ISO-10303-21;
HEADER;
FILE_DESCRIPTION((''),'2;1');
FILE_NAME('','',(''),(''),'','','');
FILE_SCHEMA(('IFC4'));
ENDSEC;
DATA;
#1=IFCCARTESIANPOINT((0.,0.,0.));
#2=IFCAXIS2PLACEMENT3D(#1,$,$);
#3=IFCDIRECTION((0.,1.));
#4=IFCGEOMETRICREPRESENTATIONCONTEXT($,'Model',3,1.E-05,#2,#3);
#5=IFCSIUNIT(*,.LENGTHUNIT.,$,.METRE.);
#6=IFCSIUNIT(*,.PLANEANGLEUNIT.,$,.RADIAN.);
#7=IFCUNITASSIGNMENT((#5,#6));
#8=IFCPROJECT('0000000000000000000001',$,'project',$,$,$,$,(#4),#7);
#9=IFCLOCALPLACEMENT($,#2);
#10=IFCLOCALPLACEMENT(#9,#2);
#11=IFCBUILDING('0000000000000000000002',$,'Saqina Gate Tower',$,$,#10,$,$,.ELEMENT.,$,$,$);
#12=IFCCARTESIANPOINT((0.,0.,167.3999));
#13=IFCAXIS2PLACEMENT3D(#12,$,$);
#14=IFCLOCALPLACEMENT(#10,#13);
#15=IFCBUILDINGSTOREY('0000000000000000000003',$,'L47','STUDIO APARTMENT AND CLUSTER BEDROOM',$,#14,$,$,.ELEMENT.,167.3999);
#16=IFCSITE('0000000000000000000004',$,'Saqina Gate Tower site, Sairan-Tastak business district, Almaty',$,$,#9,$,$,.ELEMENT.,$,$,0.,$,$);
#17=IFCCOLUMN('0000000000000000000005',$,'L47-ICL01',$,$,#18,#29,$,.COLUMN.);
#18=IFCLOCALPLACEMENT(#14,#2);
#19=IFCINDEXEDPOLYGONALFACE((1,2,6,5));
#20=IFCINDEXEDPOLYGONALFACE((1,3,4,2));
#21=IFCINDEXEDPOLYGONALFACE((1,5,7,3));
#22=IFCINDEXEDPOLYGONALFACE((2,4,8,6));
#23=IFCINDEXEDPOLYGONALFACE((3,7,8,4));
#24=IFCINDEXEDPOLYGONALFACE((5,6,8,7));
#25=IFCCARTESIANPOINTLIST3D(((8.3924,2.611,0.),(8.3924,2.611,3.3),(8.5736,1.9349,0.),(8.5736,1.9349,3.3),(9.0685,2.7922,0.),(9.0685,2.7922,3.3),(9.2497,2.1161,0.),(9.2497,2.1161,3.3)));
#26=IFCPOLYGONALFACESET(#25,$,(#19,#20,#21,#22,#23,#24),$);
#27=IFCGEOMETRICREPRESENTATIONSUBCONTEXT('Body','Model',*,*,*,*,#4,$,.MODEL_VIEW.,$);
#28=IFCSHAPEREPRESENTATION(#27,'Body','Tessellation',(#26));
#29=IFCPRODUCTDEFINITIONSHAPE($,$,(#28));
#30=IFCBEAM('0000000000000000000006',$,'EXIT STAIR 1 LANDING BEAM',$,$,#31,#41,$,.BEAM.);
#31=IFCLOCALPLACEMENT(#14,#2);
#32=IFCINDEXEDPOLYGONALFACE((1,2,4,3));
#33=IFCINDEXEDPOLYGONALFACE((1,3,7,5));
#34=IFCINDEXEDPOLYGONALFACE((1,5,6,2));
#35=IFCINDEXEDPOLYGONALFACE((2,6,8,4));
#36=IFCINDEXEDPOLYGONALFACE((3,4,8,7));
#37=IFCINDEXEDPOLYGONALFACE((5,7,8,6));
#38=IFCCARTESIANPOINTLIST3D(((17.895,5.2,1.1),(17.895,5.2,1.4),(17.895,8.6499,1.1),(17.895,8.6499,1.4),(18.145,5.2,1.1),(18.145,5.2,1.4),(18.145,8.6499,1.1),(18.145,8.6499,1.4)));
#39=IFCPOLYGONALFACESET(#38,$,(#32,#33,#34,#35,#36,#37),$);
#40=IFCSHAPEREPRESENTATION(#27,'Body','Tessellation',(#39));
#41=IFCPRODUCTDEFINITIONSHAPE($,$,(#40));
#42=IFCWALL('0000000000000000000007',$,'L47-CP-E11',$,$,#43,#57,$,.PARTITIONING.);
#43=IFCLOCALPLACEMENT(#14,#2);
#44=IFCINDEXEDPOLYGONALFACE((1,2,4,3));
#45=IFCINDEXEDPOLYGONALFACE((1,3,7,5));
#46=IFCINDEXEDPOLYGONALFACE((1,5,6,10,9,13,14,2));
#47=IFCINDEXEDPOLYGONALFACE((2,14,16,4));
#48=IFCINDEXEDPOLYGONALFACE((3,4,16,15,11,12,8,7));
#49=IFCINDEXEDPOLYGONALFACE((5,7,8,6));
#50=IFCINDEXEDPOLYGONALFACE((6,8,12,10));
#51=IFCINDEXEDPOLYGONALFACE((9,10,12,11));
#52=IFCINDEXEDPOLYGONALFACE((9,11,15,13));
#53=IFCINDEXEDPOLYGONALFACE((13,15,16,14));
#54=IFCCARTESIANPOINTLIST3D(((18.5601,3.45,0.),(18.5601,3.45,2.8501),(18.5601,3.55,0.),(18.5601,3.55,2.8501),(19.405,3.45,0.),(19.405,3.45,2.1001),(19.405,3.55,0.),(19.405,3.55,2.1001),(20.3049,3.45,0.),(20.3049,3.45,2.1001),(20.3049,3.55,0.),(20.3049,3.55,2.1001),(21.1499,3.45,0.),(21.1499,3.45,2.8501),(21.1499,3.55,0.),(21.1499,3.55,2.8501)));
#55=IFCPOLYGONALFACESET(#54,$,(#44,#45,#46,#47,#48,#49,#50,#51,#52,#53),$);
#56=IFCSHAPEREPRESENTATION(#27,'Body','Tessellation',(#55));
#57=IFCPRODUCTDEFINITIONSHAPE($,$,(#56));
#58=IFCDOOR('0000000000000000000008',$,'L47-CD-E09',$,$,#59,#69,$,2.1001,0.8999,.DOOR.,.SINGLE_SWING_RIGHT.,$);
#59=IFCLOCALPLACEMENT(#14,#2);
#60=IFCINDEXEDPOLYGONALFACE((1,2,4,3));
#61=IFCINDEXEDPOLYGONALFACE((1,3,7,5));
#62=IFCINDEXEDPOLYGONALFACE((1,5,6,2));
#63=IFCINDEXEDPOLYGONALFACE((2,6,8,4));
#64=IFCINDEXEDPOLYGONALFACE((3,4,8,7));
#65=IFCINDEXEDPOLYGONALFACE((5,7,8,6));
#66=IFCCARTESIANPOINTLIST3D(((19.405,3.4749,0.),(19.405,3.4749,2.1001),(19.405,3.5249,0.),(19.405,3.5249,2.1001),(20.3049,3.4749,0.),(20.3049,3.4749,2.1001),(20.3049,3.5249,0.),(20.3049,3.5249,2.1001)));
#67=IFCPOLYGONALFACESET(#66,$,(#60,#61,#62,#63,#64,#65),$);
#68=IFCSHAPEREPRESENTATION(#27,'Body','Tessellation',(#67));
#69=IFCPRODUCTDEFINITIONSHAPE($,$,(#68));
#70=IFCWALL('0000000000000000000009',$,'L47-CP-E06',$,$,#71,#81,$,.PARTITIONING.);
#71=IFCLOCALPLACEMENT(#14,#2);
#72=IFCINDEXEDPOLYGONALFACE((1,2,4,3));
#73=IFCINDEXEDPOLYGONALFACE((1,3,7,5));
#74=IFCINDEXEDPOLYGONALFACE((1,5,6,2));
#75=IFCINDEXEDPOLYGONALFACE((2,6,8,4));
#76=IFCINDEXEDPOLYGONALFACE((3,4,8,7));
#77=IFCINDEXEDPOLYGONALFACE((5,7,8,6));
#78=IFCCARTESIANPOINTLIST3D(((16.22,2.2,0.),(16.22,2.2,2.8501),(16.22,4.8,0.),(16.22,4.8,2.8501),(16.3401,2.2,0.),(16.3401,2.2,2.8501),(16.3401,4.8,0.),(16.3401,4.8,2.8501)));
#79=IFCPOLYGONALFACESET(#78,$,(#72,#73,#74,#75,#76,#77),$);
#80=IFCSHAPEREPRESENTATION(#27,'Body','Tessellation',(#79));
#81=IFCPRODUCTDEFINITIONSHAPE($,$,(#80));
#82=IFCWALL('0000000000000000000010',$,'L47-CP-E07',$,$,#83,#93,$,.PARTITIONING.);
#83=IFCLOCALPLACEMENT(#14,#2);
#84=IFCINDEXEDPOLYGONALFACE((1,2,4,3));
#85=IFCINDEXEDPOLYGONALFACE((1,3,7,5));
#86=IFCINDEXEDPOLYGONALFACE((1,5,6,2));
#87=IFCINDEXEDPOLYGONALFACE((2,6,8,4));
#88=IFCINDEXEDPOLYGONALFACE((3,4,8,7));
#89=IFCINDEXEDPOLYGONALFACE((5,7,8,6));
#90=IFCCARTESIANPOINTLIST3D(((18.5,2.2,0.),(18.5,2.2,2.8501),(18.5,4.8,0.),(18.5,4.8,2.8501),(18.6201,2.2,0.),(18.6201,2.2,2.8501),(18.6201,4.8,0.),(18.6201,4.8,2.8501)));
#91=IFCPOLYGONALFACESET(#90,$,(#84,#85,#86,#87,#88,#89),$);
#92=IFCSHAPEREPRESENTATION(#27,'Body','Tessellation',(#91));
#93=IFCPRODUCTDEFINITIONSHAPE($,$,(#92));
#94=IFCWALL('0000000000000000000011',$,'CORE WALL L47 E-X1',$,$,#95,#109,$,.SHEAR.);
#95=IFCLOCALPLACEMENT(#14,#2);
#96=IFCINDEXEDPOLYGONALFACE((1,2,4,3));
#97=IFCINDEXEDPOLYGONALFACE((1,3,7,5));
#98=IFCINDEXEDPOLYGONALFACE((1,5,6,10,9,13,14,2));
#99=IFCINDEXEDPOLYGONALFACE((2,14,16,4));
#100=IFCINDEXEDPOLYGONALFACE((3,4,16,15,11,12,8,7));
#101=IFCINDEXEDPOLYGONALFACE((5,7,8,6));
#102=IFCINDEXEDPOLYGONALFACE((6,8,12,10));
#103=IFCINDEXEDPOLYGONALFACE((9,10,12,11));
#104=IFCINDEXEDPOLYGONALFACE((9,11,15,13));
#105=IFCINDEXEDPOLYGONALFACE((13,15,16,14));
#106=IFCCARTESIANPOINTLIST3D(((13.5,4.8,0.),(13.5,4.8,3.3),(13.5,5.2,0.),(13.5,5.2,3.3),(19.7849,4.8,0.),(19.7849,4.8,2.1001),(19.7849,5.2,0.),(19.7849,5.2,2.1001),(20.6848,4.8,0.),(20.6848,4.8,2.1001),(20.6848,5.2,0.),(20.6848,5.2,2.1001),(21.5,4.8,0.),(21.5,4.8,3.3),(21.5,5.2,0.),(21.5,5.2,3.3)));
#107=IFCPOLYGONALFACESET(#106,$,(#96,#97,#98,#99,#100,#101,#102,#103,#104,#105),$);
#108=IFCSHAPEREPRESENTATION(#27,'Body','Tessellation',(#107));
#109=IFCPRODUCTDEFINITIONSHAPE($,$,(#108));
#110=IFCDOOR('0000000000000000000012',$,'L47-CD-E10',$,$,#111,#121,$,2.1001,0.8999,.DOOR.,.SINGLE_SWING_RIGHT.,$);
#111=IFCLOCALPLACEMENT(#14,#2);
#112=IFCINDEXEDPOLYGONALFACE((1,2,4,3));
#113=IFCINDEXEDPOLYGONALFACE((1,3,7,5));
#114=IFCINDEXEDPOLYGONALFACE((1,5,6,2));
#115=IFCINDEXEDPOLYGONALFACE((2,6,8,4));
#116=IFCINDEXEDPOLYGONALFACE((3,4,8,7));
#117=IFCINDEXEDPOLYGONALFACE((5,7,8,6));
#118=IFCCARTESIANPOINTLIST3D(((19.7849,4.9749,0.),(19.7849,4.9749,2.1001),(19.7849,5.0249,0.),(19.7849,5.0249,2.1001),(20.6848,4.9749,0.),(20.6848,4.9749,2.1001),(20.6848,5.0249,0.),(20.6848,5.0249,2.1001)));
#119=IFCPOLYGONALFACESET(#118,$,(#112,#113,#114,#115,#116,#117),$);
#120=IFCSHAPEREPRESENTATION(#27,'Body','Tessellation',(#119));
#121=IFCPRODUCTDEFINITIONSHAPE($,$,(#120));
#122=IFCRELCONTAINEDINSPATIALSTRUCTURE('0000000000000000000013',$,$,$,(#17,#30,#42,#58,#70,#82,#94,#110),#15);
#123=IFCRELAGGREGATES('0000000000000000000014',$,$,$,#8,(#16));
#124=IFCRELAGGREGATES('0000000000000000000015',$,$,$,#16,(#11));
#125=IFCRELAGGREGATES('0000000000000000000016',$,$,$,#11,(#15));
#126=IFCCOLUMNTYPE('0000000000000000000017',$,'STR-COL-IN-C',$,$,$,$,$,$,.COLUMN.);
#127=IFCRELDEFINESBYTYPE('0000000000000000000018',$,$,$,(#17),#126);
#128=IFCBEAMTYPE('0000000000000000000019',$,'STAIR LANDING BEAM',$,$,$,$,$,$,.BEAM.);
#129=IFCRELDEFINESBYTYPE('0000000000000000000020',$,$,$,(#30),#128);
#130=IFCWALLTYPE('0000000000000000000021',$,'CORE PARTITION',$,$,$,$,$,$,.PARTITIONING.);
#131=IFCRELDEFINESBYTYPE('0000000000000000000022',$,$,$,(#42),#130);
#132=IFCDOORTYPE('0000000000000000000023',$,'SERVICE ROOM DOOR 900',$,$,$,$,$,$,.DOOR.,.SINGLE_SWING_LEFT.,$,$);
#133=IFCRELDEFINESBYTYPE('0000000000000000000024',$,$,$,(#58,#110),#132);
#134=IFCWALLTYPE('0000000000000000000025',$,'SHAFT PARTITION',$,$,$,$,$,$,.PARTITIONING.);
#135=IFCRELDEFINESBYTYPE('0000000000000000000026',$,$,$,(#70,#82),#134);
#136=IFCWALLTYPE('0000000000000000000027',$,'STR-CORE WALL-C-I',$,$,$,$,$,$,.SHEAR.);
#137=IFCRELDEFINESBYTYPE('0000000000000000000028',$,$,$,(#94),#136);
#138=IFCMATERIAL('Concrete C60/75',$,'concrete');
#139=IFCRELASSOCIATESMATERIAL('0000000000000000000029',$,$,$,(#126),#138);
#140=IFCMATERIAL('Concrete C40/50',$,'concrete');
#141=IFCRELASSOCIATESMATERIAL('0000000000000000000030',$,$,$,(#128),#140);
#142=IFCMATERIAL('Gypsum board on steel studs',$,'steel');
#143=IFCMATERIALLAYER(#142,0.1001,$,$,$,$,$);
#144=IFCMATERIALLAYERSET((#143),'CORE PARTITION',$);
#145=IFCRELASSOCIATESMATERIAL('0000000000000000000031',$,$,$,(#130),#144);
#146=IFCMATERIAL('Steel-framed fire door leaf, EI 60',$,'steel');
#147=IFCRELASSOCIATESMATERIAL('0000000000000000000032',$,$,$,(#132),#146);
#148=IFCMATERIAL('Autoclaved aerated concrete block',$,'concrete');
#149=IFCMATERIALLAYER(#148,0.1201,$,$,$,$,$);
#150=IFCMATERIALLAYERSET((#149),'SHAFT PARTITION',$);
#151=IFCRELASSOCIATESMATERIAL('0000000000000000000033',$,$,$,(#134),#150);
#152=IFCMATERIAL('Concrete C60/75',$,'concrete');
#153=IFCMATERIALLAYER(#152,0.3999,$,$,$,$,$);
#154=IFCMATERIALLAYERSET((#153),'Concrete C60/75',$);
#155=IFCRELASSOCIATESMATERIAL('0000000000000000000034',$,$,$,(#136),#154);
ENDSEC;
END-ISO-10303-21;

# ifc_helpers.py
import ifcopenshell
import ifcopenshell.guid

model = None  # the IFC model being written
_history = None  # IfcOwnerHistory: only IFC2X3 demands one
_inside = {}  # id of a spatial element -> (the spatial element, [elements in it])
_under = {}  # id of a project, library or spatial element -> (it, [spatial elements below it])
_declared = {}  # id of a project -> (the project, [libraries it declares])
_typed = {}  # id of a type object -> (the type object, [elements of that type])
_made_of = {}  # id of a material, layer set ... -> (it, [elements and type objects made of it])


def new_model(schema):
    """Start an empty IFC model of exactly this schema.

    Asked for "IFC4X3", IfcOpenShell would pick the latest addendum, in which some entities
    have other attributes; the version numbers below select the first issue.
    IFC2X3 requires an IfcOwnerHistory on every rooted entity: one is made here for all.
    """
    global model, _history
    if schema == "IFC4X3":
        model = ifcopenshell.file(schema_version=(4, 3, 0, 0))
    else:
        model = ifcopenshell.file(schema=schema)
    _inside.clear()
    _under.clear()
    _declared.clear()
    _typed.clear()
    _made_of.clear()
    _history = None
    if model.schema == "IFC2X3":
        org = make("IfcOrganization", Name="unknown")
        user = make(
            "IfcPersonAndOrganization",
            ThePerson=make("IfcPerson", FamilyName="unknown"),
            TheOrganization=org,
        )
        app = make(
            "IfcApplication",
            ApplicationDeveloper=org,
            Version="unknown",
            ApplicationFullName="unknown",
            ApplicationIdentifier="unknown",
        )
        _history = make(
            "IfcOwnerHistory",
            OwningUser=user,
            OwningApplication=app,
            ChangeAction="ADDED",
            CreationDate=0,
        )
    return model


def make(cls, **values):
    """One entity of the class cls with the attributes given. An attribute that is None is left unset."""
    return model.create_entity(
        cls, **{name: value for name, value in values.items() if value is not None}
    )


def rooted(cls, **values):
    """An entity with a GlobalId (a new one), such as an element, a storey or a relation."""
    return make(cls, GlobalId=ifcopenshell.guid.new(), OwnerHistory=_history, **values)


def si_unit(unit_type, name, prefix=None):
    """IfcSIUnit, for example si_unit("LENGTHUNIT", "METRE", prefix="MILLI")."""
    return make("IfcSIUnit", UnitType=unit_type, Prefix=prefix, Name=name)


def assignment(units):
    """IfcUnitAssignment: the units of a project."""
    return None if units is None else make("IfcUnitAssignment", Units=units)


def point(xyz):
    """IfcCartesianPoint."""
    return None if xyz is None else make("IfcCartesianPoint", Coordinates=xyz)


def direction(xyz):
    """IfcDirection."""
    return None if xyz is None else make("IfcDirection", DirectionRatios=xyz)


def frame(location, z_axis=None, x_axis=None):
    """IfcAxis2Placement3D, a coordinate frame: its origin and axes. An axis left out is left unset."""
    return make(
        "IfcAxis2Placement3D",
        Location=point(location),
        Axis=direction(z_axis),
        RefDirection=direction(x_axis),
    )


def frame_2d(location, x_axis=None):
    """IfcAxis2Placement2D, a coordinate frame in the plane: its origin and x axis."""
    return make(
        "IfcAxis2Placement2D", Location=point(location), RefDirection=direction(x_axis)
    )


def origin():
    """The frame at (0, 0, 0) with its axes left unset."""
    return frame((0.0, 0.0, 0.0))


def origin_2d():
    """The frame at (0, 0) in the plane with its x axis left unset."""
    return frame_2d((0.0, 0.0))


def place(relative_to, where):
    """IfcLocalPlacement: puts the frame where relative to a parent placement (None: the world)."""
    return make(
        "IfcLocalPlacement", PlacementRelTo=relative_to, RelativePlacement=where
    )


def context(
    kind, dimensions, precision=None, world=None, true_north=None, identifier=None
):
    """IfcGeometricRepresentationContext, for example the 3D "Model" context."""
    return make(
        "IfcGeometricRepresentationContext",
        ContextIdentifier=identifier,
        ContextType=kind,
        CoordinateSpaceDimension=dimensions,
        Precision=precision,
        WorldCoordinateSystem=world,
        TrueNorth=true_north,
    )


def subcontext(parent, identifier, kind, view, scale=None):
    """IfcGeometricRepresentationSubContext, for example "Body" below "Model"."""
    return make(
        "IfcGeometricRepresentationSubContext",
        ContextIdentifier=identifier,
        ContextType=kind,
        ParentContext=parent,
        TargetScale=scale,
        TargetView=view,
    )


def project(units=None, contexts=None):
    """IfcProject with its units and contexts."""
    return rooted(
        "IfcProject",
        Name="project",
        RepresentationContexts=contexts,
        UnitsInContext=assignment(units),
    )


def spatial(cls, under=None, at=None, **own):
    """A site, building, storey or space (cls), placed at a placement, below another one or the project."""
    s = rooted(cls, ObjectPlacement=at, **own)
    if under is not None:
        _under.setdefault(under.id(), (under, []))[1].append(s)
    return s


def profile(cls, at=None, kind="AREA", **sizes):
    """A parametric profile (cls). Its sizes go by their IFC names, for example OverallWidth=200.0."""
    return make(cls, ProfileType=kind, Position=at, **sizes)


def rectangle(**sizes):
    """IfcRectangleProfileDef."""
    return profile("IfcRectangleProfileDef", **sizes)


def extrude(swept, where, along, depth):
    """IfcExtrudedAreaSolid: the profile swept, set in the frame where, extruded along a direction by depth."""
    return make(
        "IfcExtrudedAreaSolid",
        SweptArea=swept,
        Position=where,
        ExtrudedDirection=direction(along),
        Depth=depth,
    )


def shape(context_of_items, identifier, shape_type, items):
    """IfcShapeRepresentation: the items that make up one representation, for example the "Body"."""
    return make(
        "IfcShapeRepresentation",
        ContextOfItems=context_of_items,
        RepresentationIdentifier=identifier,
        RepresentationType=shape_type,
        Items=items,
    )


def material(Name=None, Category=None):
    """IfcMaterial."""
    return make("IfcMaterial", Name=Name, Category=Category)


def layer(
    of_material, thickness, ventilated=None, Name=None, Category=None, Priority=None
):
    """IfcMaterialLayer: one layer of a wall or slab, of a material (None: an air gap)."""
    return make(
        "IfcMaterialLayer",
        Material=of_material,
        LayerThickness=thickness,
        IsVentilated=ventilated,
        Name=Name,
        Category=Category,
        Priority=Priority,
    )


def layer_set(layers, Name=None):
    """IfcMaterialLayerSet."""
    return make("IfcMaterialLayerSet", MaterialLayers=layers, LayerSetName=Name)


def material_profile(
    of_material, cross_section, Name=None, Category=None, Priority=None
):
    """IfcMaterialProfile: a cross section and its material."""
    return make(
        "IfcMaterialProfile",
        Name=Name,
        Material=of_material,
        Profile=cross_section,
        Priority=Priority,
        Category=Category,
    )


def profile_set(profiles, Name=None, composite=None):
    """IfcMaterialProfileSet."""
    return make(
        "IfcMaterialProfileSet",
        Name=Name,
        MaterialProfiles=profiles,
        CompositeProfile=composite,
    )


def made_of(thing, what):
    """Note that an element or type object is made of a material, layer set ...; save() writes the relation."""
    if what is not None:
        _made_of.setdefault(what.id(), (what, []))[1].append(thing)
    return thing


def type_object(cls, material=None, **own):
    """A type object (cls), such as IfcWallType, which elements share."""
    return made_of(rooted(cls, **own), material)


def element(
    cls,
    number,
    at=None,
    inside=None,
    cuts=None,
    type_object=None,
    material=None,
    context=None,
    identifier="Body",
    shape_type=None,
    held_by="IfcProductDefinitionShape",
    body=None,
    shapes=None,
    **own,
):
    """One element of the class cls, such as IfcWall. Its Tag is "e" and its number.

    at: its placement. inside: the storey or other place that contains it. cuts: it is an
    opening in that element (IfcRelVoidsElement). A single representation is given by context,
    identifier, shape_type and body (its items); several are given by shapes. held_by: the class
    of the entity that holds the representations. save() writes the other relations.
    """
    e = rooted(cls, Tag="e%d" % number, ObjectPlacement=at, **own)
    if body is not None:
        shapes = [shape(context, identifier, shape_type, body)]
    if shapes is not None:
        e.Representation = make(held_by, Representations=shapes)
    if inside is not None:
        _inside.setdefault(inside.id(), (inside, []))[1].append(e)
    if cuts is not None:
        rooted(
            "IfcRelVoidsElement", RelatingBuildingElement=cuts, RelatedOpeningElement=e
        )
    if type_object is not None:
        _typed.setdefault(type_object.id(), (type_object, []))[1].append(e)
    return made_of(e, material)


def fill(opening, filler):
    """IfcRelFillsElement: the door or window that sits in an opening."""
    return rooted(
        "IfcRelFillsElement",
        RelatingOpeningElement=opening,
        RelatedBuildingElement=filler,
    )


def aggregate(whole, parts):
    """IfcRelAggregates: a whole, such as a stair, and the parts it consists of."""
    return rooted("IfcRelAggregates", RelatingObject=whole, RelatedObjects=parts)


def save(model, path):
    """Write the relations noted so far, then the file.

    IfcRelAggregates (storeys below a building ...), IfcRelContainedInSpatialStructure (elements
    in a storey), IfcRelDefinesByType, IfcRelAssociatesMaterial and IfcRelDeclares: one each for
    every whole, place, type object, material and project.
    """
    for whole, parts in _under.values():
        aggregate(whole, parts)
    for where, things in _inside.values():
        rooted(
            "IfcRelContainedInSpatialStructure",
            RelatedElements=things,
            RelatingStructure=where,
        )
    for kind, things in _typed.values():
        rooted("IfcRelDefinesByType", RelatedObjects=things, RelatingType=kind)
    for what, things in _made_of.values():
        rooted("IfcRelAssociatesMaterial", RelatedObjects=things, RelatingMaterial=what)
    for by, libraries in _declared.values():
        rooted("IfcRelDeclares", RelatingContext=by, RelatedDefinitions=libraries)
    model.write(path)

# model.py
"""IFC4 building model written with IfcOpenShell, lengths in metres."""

from ifc_helpers import new_model, si_unit, direction, frame, frame_2d, origin, origin_2d, place, context, subcontext, project, spatial, rectangle, extrude, material, layer, layer_set, material_profile, profile_set, type_object, element, fill, save


model = new_model("IFC4")

# Units and contexts
model_context = context("Model", 3, precision=1e-05, world=origin(), true_north=direction((0.0, 1.0)))
body_context = subcontext(model_context, "Body", "Model", "MODEL_VIEW")
ifc_project = project(units=[si_unit("LENGTHUNIT", "METRE"), si_unit("PLANEANGLEUNIT", "RADIAN")], contexts=[model_context])

# Site, building, storey
site_placement = place(None, origin())
site = spatial("IfcSite", under=ifc_project, at=site_placement, Name="Saqina Gate Tower site, Sairan-Tastak business district, Almaty", CompositionType="ELEMENT", RefElevation=0.0)
building_placement = place(site_placement, origin())
building = spatial("IfcBuilding", under=site, at=building_placement, Name="Saqina Gate Tower", CompositionType="ELEMENT")
storey_placement = place(building_placement, frame((0.0, 0.0, 167.3999)))
storey = spatial("IfcBuildingStorey", under=building, at=storey_placement, Name="L47", Description="STUDIO APARTMENT AND CLUSTER BEDROOM", CompositionType="ELEMENT", Elevation=167.3999)

# Column
ifc_material_1 = material(Name="Concrete C60/75", Category="concrete")
ifc_material_profile_1 = material_profile(ifc_material_1, rectangle(XDim=0.7, YDim=0.7, at=origin_2d()), Name="RC 700x700")
ifc_profile_set_1 = profile_set([ifc_material_profile_1], Name="Concrete C60/75")
column_type = type_object("IfcColumnType", Name="STR-COL-IN-C", PredefinedType="COLUMN", material=ifc_profile_set_1)
column_placement = place(storey_placement, frame((8.821, 2.3635, 0.0), z_axis=(0.0, 0.0, 1.0), x_axis=(0.965926, 0.258819, 0.0)))
element("IfcColumn", 1, at=column_placement, inside=storey, type_object=column_type, Name="L47-ICL01", PredefinedType="COLUMN", context=body_context, shape_type="SweptSolid", body=[
    extrude(rectangle(XDim=0.7, YDim=0.7, at=origin_2d()), origin(), (0.0, 0.0, 1.0), 3.3),
])

# Beam
ifc_material_2 = material(Name="Concrete C40/50", Category="concrete")
ifc_material_profile_2 = material_profile(ifc_material_2, rectangle(XDim=0.25, YDim=0.3, at=origin_2d()), Name="STAIR LANDING BEAM")
ifc_profile_set_2 = profile_set([ifc_material_profile_2], Name="Concrete C40/50")
beam_type = type_object("IfcBeamType", Name="STAIR LANDING BEAM", PredefinedType="BEAM", material=ifc_profile_set_2)
beam_placement = place(storey_placement, frame((18.02, 5.2, 1.25), z_axis=(0.0, 1.0, 0.0), x_axis=(-1.0, 0.0, 0.0)))
element("IfcBeam", 2, at=beam_placement, inside=storey, type_object=beam_type, Name="EXIT STAIR 1 LANDING BEAM", PredefinedType="BEAM", context=body_context, shape_type="SweptSolid", body=[
    extrude(rectangle(XDim=0.25, YDim=0.3, at=origin_2d()), origin(), (0.0, 0.0, 1.0), 3.45),
])

# Wall, opening, door
ifc_material_3 = material(Name="Gypsum board on steel studs", Category="steel")
ifc_layer_1 = layer(ifc_material_3, 0.1001)
ifc_layer_set_1 = layer_set([ifc_layer_1], Name="CORE PARTITION")
wall_type_1 = type_object("IfcWallType", Name="CORE PARTITION", PredefinedType="PARTITIONING", material=ifc_layer_set_1)
wall_1_placement = place(storey_placement, frame((18.5601, 3.5, 0.0), z_axis=(0.0, 0.0, 1.0), x_axis=(1.0, 0.0, 0.0)))
wall_1 = element("IfcWall", 3, at=wall_1_placement, inside=storey, type_object=wall_type_1, Name="L47-CP-E11", PredefinedType="PARTITIONING", context=body_context, shape_type="SweptSolid", body=[
    extrude(rectangle(XDim=2.5898, YDim=0.1001, at=frame_2d((1.2949, 0.0))), origin(), (0.0, 0.0, 1.0), 2.8501),
])
opening_1_placement = place(wall_1_placement, frame((0.845, 0.0, 0.0)))
opening_1 = element("IfcOpeningElement", 4, at=opening_1_placement, cuts=wall_1, PredefinedType="OPENING", context=body_context, shape_type="SweptSolid", body=[
    extrude(rectangle(XDim=0.8999, YDim=2.1001, at=frame_2d((0.45, 1.05))), frame((0.0, 0.062, 0.0), z_axis=(0.0, -1.0, 0.0), x_axis=(1.0, 0.0, 0.0)), (0.0, 0.0, 1.0), 0.124),
])
ifc_material_4 = material(Name="Steel-framed fire door leaf, EI 60", Category="steel")
door_type_1 = type_object("IfcDoorType", Name="SERVICE ROOM DOOR 900", OperationType="SINGLE_SWING_LEFT", PredefinedType="DOOR", material=ifc_material_4)
door_1_placement = place(opening_1_placement, origin())
door_1 = element("IfcDoor", 5, at=door_1_placement, inside=storey, type_object=door_type_1, Name="L47-CD-E09", OperationType="SINGLE_SWING_RIGHT", OverallHeight=2.1001, OverallWidth=0.8999, PredefinedType="DOOR", context=body_context, shape_type="SweptSolid", body=[
    extrude(rectangle(XDim=0.8999, YDim=2.1001, at=frame_2d((0.45, 1.05))), frame((0.0, 0.0249, 0.0), z_axis=(0.0, -1.0, 0.0), x_axis=(1.0, 0.0, 0.0)), (0.0, 0.0, 1.0), 0.05),
])
fill(opening_1, door_1)

# Walls
ifc_material_5 = material(Name="Autoclaved aerated concrete block", Category="concrete")
ifc_layer_2 = layer(ifc_material_5, 0.1201)
ifc_layer_set_2 = layer_set([ifc_layer_2], Name="SHAFT PARTITION")
wall_type_2 = type_object("IfcWallType", Name="SHAFT PARTITION", PredefinedType="PARTITIONING", material=ifc_layer_set_2)
for number, where, z_axis, x_axis, name in (
    (6, (16.28, 2.2, 0.0), (0.0, 0.0, 1.0), (0.0, 1.0, 0.0), "L47-CP-E06"),
    (7, (18.5601, 2.2, 0.0), (0.0, 0.0, 1.0), (0.0, 1.0, 0.0), "L47-CP-E07"),
):
    element("IfcWall", number, at=place(storey_placement, frame(where, z_axis=z_axis, x_axis=x_axis)), inside=storey, type_object=wall_type_2, Name=name, PredefinedType="PARTITIONING", context=body_context, shape_type="SweptSolid", body=[
        extrude(rectangle(XDim=2.6001, YDim=0.1201, at=frame_2d((1.3, 0.0))), origin(), (0.0, 0.0, 1.0), 2.8501),
    ])

# Wall, opening, door
ifc_material_6 = material(Name="Concrete C60/75", Category="concrete")
ifc_layer_3 = layer(ifc_material_6, 0.3999)
ifc_layer_set_3 = layer_set([ifc_layer_3], Name="Concrete C60/75")
wall_type_3 = type_object("IfcWallType", Name="STR-CORE WALL-C-I", PredefinedType="SHEAR", material=ifc_layer_set_3)
wall_2_placement = place(storey_placement, frame((13.5, 5.0, 0.0), z_axis=(0.0, 0.0, 1.0), x_axis=(1.0, 0.0, 0.0)))
wall_2 = element("IfcWall", 8, at=wall_2_placement, inside=storey, type_object=wall_type_3, Name="CORE WALL L47 E-X1", PredefinedType="SHEAR", context=body_context, shape_type="SweptSolid", body=[
    extrude(rectangle(XDim=8.0, YDim=0.3999, at=frame_2d((4.0, 0.0))), origin(), (0.0, 0.0, 1.0), 3.3),
])
opening_2_placement = place(wall_2_placement, frame((6.2849, 0.0, 0.0)))
opening_2 = element("IfcOpeningElement", 9, at=opening_2_placement, cuts=wall_2, PredefinedType="OPENING", context=body_context, shape_type="SweptSolid", body=[
    extrude(rectangle(XDim=0.8999, YDim=2.1001, at=frame_2d((0.45, 1.05))), frame((0.0, 0.2119, 0.0), z_axis=(0.0, -1.0, 0.0), x_axis=(1.0, 0.0, 0.0)), (0.0, 0.0, 1.0), 0.4238),
])
door_2_placement = place(opening_2_placement, origin())
door_2 = element("IfcDoor", 10, at=door_2_placement, inside=storey, type_object=door_type_1, Name="L47-CD-E10", OperationType="SINGLE_SWING_RIGHT", OverallHeight=2.1001, OverallWidth=0.8999, PredefinedType="DOOR", context=body_context, shape_type="SweptSolid", body=[
    extrude(rectangle(XDim=0.8999, YDim=2.1001, at=frame_2d((0.45, 1.05))), frame((0.0, 0.0249, 0.0), z_axis=(0.0, -1.0, 0.0), x_axis=(1.0, 0.0, 0.0)), (0.0, 0.0, 1.0), 0.05),
])
fill(opening_2, door_2)

save(model, "model.ifc")
